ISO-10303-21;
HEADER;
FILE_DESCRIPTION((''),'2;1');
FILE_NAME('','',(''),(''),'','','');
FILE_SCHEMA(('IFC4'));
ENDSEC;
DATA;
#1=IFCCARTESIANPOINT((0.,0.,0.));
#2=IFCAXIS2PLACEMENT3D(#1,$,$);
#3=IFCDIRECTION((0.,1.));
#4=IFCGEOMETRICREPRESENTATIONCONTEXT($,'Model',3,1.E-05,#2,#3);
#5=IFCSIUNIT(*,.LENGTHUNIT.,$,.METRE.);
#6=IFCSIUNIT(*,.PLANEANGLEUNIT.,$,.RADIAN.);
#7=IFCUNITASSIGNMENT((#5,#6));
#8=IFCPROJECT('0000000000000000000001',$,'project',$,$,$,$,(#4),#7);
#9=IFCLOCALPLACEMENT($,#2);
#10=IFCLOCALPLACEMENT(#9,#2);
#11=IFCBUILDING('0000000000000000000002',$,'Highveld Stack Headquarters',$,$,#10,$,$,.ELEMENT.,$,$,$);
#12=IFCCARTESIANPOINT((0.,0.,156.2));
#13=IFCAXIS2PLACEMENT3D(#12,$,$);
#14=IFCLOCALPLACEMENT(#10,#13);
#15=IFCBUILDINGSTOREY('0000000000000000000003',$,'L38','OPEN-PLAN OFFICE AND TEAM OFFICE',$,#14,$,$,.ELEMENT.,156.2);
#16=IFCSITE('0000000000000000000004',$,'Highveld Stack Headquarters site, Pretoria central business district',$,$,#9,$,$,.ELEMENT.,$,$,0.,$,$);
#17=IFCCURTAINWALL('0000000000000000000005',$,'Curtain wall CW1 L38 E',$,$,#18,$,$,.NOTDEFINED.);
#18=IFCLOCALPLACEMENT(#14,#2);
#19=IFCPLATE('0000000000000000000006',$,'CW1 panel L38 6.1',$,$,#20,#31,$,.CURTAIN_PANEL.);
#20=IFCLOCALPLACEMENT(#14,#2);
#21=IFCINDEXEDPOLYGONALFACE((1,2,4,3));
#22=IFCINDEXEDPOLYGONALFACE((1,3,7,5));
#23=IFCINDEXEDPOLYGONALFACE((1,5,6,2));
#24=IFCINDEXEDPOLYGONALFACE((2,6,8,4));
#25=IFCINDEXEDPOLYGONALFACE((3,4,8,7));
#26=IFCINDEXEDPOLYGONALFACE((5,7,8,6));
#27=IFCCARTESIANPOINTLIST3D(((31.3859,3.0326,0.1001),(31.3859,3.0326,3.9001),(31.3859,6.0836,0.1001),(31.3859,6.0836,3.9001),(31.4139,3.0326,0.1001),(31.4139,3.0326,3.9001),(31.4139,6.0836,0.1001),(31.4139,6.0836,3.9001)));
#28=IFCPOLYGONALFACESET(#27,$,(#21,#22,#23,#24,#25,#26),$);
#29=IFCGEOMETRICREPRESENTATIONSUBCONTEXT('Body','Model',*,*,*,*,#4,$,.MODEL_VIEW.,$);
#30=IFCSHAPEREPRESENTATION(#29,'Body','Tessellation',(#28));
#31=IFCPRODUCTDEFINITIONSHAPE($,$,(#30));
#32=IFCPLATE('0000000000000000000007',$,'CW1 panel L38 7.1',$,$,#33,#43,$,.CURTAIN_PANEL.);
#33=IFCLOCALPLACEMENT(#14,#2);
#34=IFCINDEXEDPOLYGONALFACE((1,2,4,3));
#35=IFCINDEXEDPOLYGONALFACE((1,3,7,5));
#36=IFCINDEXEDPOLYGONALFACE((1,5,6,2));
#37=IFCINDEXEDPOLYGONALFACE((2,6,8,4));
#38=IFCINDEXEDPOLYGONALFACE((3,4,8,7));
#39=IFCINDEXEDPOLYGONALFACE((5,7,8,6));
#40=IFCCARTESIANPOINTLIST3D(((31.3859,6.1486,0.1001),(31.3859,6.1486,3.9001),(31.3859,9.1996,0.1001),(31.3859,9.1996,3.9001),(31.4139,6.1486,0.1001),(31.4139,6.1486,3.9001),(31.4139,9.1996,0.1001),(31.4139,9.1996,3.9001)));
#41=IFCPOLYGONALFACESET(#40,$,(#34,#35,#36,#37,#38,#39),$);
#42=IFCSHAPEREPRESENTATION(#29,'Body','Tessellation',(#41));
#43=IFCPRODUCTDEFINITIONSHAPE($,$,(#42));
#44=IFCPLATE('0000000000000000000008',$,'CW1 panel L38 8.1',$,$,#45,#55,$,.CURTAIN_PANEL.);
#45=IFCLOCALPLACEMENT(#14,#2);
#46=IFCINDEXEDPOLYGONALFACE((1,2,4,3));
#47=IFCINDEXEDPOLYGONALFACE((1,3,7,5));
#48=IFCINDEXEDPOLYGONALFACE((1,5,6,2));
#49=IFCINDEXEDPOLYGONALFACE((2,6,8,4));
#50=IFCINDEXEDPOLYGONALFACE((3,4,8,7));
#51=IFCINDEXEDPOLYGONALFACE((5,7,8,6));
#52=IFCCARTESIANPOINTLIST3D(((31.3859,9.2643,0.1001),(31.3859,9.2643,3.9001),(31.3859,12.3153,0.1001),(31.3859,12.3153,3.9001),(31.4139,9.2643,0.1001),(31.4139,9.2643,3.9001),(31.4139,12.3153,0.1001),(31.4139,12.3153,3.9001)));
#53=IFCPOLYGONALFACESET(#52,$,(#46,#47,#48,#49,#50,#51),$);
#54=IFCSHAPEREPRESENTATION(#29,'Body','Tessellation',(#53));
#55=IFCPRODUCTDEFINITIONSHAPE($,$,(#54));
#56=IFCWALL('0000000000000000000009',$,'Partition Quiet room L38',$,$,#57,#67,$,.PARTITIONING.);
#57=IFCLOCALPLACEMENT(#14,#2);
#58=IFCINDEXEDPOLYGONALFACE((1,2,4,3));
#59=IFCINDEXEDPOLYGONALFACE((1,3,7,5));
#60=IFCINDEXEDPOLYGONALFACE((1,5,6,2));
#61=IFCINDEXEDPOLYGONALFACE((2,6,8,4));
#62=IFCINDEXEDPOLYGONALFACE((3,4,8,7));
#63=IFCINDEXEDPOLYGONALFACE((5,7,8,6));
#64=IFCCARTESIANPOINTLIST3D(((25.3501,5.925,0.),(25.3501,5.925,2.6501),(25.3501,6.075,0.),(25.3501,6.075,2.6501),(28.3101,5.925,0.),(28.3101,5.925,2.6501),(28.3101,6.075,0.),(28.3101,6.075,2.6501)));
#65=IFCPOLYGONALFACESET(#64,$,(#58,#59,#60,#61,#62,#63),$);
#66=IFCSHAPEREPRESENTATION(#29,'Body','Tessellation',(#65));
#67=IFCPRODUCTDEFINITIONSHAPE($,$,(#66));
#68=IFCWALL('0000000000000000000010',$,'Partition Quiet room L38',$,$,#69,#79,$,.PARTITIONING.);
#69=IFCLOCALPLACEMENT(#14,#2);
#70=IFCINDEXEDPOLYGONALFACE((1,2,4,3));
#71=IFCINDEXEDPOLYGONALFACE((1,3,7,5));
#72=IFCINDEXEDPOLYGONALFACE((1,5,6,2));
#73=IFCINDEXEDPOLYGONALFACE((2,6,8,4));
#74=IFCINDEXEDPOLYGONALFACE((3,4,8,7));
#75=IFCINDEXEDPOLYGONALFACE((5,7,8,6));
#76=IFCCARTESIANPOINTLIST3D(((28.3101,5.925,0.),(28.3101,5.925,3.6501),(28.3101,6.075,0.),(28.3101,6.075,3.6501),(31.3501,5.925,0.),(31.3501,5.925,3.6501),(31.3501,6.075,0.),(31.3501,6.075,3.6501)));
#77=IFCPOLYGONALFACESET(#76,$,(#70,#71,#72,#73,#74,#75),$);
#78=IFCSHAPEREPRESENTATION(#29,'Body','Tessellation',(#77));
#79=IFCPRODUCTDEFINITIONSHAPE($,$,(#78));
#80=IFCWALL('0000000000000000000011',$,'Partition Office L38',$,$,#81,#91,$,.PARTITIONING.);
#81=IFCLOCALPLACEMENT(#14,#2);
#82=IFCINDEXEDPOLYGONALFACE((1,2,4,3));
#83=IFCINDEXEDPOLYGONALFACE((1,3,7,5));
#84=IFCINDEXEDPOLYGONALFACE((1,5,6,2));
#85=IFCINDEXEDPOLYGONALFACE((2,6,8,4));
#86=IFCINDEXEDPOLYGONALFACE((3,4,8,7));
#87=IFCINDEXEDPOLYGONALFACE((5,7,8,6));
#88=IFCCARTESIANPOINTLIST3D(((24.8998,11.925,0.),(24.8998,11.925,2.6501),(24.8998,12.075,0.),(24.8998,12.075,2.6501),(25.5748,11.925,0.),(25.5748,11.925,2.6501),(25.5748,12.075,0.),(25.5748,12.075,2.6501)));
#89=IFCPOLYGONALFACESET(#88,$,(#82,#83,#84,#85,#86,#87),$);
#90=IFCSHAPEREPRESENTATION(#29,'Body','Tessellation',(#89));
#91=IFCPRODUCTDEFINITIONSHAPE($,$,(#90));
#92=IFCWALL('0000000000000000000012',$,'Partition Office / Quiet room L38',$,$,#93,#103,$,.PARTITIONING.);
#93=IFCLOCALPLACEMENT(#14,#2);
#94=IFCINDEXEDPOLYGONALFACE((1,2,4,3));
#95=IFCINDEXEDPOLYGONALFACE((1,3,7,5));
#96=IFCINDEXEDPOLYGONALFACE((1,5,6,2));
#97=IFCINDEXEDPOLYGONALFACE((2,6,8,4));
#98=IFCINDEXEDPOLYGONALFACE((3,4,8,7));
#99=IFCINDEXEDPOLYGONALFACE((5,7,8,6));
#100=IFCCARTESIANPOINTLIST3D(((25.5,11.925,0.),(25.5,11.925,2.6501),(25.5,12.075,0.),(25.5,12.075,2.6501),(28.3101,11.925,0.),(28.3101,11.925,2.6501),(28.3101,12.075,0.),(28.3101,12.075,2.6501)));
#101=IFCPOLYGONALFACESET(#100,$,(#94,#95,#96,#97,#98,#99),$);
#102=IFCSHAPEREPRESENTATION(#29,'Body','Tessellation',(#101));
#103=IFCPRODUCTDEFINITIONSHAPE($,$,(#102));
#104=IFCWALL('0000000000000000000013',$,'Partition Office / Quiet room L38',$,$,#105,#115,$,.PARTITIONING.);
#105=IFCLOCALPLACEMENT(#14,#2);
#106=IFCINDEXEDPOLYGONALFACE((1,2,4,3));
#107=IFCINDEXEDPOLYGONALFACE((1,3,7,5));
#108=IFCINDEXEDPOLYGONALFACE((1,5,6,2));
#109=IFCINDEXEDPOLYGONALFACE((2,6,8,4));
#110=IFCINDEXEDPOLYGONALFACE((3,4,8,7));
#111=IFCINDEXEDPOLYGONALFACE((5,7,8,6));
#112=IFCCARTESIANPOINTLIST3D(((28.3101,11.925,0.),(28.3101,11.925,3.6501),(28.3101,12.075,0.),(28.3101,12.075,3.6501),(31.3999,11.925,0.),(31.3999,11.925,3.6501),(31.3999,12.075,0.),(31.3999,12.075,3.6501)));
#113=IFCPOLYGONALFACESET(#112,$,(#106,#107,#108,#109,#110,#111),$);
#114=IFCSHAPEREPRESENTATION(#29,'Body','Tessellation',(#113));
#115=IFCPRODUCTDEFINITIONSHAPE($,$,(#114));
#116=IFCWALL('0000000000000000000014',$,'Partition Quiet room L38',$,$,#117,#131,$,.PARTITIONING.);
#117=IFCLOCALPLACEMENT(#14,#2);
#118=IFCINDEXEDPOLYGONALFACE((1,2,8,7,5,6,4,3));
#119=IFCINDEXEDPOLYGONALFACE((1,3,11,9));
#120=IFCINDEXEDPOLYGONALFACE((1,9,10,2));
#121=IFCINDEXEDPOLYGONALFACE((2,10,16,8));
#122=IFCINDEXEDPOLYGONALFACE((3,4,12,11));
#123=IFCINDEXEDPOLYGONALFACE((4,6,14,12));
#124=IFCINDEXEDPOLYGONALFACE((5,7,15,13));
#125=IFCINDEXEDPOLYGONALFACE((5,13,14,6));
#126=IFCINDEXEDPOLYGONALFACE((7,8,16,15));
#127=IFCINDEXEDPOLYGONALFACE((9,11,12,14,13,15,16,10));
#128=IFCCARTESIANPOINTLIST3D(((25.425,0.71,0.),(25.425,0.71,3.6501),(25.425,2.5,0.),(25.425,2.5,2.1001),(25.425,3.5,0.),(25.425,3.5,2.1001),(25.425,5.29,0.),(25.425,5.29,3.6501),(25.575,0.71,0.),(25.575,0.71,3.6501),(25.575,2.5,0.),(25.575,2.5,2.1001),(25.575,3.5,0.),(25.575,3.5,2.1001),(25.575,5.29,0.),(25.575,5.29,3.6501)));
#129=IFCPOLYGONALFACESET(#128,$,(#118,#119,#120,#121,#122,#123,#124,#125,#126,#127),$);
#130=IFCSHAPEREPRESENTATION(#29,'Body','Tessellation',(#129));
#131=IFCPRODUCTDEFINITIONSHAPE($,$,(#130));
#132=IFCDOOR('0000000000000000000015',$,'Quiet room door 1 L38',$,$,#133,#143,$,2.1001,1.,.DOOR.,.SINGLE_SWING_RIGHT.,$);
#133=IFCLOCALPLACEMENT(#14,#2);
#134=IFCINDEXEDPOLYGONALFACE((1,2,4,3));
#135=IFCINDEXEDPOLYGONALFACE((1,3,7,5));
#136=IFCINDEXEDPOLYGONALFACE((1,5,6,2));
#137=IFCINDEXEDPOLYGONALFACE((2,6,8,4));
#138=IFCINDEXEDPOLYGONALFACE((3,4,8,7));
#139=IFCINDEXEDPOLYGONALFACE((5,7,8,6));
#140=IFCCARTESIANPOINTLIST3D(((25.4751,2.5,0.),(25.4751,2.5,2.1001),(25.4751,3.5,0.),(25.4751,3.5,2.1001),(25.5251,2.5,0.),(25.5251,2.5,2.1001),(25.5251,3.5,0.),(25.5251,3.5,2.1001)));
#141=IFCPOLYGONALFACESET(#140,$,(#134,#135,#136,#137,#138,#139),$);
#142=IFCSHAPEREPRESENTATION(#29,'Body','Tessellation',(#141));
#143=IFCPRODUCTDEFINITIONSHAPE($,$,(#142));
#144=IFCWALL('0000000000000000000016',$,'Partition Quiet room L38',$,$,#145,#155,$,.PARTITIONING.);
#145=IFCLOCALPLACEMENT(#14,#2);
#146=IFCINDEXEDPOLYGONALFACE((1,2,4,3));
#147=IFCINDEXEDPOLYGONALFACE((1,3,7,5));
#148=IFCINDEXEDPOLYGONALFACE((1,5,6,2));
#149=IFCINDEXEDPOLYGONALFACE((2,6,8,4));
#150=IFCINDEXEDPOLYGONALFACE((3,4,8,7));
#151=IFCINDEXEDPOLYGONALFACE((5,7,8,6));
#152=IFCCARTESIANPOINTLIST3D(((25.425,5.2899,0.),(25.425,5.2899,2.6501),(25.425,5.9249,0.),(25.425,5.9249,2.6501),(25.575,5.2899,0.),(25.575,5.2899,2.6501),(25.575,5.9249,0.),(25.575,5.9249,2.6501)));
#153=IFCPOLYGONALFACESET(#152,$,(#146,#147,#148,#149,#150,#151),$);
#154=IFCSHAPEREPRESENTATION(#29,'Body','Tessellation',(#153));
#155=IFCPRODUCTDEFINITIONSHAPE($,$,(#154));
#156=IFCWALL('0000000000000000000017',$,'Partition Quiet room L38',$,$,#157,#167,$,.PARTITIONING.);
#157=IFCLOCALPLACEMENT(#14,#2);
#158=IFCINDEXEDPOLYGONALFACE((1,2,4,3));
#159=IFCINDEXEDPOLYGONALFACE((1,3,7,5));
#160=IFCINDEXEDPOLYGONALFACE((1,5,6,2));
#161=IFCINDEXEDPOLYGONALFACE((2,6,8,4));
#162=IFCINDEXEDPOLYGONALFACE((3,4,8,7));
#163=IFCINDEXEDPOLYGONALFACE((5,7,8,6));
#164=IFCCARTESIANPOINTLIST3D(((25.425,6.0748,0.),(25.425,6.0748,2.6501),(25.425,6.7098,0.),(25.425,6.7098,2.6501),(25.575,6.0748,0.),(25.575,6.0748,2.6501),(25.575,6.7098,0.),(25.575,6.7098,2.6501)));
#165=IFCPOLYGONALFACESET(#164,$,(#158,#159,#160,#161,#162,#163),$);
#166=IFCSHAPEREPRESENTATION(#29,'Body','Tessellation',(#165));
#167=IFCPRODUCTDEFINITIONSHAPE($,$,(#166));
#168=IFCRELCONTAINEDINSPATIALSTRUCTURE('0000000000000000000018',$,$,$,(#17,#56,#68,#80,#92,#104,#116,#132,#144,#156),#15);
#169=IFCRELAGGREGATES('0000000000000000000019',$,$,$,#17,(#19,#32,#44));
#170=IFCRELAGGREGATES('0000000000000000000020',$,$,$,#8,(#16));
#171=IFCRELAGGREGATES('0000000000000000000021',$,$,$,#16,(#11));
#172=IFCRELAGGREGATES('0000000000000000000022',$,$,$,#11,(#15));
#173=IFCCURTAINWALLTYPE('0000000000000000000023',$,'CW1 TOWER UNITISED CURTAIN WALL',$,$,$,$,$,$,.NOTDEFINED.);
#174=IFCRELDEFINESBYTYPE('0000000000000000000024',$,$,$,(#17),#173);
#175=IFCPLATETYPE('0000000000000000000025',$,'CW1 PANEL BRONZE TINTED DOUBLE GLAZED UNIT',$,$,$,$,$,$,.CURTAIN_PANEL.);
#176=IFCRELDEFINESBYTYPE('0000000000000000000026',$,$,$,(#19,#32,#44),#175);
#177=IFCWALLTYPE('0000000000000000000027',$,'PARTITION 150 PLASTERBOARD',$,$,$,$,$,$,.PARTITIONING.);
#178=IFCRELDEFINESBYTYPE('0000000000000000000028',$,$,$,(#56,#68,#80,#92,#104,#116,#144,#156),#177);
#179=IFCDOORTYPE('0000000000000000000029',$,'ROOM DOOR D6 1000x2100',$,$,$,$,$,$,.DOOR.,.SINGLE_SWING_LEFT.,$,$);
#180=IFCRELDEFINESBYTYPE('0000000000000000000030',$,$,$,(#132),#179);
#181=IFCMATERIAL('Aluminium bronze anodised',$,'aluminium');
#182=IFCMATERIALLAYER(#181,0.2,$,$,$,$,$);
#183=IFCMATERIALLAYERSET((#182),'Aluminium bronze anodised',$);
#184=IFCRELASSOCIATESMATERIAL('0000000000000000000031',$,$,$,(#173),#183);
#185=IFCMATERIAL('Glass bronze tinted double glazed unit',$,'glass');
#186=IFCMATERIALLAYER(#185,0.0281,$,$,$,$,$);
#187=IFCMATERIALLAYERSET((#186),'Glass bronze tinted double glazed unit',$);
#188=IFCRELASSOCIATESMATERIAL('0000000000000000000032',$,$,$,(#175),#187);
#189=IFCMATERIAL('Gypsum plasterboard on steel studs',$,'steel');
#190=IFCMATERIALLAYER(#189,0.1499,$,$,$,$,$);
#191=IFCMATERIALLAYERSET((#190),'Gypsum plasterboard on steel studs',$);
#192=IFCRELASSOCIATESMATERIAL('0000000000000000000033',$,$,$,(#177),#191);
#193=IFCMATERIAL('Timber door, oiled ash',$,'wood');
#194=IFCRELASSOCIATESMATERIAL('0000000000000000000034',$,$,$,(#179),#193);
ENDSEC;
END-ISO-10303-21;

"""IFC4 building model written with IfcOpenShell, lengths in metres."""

from ifc_helpers import new_model, si_unit, direction, frame, frame_2d, origin, origin_2d, place, context, subcontext, project, spatial, rectangle, extrude, material, layer, layer_set, type_object, element, fill, aggregate, save


model = new_model("IFC4")

# Units and contexts
model_context = context("Model", 3, precision=1e-05, world=origin(), true_north=direction((0.0, 1.0)))
body_context = subcontext(model_context, "Body", "Model", "MODEL_VIEW")
ifc_project = project(units=[si_unit("LENGTHUNIT", "METRE"), si_unit("PLANEANGLEUNIT", "RADIAN")], contexts=[model_context])

# Site, building, storey
site_placement = place(None, origin())
site = spatial("IfcSite", under=ifc_project, at=site_placement, Name="Highveld Stack Headquarters site, Pretoria central business district", CompositionType="ELEMENT", RefElevation=0.0)
building_placement = place(site_placement, origin())
building = spatial("IfcBuilding", under=site, at=building_placement, Name="Highveld Stack Headquarters", CompositionType="ELEMENT")
storey_placement = place(building_placement, frame((0.0, 0.0, 156.2)))
storey = spatial("IfcBuildingStorey", under=building, at=storey_placement, Name="L38", Description="OPEN-PLAN OFFICE AND TEAM OFFICE", CompositionType="ELEMENT", Elevation=156.2)

# Curtain wall
ifc_material_1 = material(Name="Aluminium bronze anodised", Category="aluminium")
ifc_layer_1 = layer(ifc_material_1, 0.2)
ifc_layer_set_1 = layer_set([ifc_layer_1], Name="Aluminium bronze anodised")
curtain_wall_type = type_object("IfcCurtainWallType", Name="CW1 TOWER UNITISED CURTAIN WALL", PredefinedType="NOTDEFINED", material=ifc_layer_set_1)
curtain_wall_placement = place(storey_placement, origin())
curtain_wall = element("IfcCurtainWall", 1, at=curtain_wall_placement, inside=storey, type_object=curtain_wall_type, Name="Curtain wall CW1 L38 E", PredefinedType="NOTDEFINED")

# Plates
ifc_material_2 = material(Name="Glass bronze tinted double glazed unit", Category="glass")
ifc_layer_2 = layer(ifc_material_2, 0.0281)
ifc_layer_set_2 = layer_set([ifc_layer_2], Name="Glass bronze tinted double glazed unit")
plate_type = type_object("IfcPlateType", Name="CW1 PANEL BRONZE TINTED DOUBLE GLAZED UNIT", PredefinedType="CURTAIN_PANEL", material=ifc_layer_set_2)
plate_1_placement = place(storey_placement, frame((31.3999, 4.5581, 0.1001), z_axis=(0.0, 0.0, 1.0), x_axis=(0.0, 1.0, 0.0)))
plate_1 = element("IfcPlate", 2, at=plate_1_placement, type_object=plate_type, Name="CW1 panel L38 6.1", PredefinedType="CURTAIN_PANEL", context=body_context, shape_type="SweptSolid", body=[
    extrude(rectangle(XDim=3.051, YDim=0.0281, at=origin_2d()), origin(), (0.0, 0.0, 1.0), 3.8),
])
plate_2_placement = place(storey_placement, frame((31.3999, 7.6741, 0.1001), z_axis=(0.0, 0.0, 1.0), x_axis=(0.0, 1.0, 0.0)))
plate_2 = element("IfcPlate", 3, at=plate_2_placement, type_object=plate_type, Name="CW1 panel L38 7.1", PredefinedType="CURTAIN_PANEL", context=body_context, shape_type="SweptSolid", body=[
    extrude(rectangle(XDim=3.051, YDim=0.0281, at=origin_2d()), origin(), (0.0, 0.0, 1.0), 3.8),
])
plate_3_placement = place(storey_placement, frame((31.3999, 10.7898, 0.1001), z_axis=(0.0, 0.0, 1.0), x_axis=(0.0, 1.0, 0.0)))
plate_3 = element("IfcPlate", 4, at=plate_3_placement, type_object=plate_type, Name="CW1 panel L38 8.1", PredefinedType="CURTAIN_PANEL", context=body_context, shape_type="SweptSolid", body=[
    extrude(rectangle(XDim=3.051, YDim=0.0281, at=origin_2d()), origin(), (0.0, 0.0, 1.0), 3.8),
])
aggregate(curtain_wall, [plate_1, plate_2, plate_3])

# Walls
ifc_material_3 = material(Name="Gypsum plasterboard on steel studs", Category="steel")
ifc_layer_3 = layer(ifc_material_3, 0.1499)
ifc_layer_set_3 = layer_set([ifc_layer_3], Name="Gypsum plasterboard on steel studs")
wall_type = type_object("IfcWallType", Name="PARTITION 150 PLASTERBOARD", PredefinedType="PARTITIONING", material=ifc_layer_set_3)
wall_1_placement = place(storey_placement, frame((25.3501, 6.0, 0.0), z_axis=(0.0, 0.0, 1.0), x_axis=(1.0, 0.0, 0.0)))
element("IfcWall", 5, at=wall_1_placement, inside=storey, type_object=wall_type, Name="Partition Quiet room L38", PredefinedType="PARTITIONING", context=body_context, shape_type="SweptSolid", body=[
    extrude(rectangle(XDim=2.96, YDim=0.1499, at=frame_2d((1.48, 0.0))), origin(), (0.0, 0.0, 1.0), 2.6501),
])
wall_2_placement = place(storey_placement, frame((28.3101, 6.0, 0.0), z_axis=(0.0, 0.0, 1.0), x_axis=(1.0, 0.0, 0.0)))
element("IfcWall", 6, at=wall_2_placement, inside=storey, type_object=wall_type, Name="Partition Quiet room L38", PredefinedType="PARTITIONING", context=body_context, shape_type="SweptSolid", body=[
    extrude(rectangle(XDim=3.04, YDim=0.1499, at=frame_2d((1.52, 0.0))), origin(), (0.0, 0.0, 1.0), 3.6501),
])
wall_3_placement = place(storey_placement, frame((24.8999, 12.0, 0.0), z_axis=(0.0, 0.0, 1.0), x_axis=(1.0, 0.0, 0.0)))
element("IfcWall", 7, at=wall_3_placement, inside=storey, type_object=wall_type, Name="Partition Office L38", PredefinedType="PARTITIONING", context=body_context, shape_type="SweptSolid", body=[
    extrude(rectangle(XDim=0.675, YDim=0.1499, at=frame_2d((0.3374, 0.0))), origin(), (0.0, 0.0, 1.0), 2.6501),
])
wall_4_placement = place(storey_placement, frame((25.5, 12.0, 0.0), z_axis=(0.0, 0.0, 1.0), x_axis=(1.0, 0.0, 0.0)))
element("IfcWall", 8, at=wall_4_placement, inside=storey, type_object=wall_type, Name="Partition Office / Quiet room L38", PredefinedType="PARTITIONING", context=body_context, shape_type="SweptSolid", body=[
    extrude(rectangle(XDim=2.8101, YDim=0.1499, at=frame_2d((1.405, 0.0))), origin(), (0.0, 0.0, 1.0), 2.6501),
])
wall_5_placement = place(storey_placement, frame((28.3101, 12.0, 0.0), z_axis=(0.0, 0.0, 1.0), x_axis=(1.0, 0.0, 0.0)))
element("IfcWall", 9, at=wall_5_placement, inside=storey, type_object=wall_type, Name="Partition Office / Quiet room L38", PredefinedType="PARTITIONING", context=body_context, shape_type="SweptSolid", body=[
    extrude(rectangle(XDim=3.0898, YDim=0.1499, at=frame_2d((1.5449, 0.0))), origin(), (0.0, 0.0, 1.0), 3.6501),
])

# Wall, opening, door
wall_6_placement = place(storey_placement, frame((25.5, 0.71, 0.0), z_axis=(0.0, 0.0, 1.0), x_axis=(0.0, 1.0, 0.0)))
wall_6 = element("IfcWall", 10, at=wall_6_placement, inside=storey, type_object=wall_type, Name="Partition Quiet room L38", PredefinedType="PARTITIONING", context=body_context, shape_type="SweptSolid", body=[
    extrude(rectangle(XDim=4.5801, YDim=0.1499, at=frame_2d((2.29, 0.0))), origin(), (0.0, 0.0, 1.0), 3.6501),
])
opening_1_placement = place(wall_6_placement, frame((1.79, 0.0, 0.0)))
opening_1 = element("IfcOpeningElement", 11, at=opening_1_placement, cuts=wall_6, PredefinedType="OPENING", context=body_context, shape_type="SweptSolid", body=[
    extrude(rectangle(XDim=1.0, YDim=2.1001, at=frame_2d((0.5, 1.05))), frame((0.0, 0.085, 0.0), z_axis=(0.0, -1.0, 0.0), x_axis=(1.0, 0.0, 0.0)), (0.0, 0.0, 1.0), 0.1699),
])
ifc_material_4 = material(Name="Timber door, oiled ash", Category="wood")
door_type = type_object("IfcDoorType", Name="ROOM DOOR D6 1000x2100", OperationType="SINGLE_SWING_LEFT", PredefinedType="DOOR", material=ifc_material_4)
door_1_placement = place(opening_1_placement, origin())
door_1 = element("IfcDoor", 12, at=door_1_placement, inside=storey, type_object=door_type, Name="Quiet room door 1 L38", OperationType="SINGLE_SWING_RIGHT", OverallHeight=2.1001, OverallWidth=1.0, PredefinedType="DOOR", context=body_context, shape_type="SweptSolid", body=[
    extrude(rectangle(XDim=1.0, YDim=2.1001, at=frame_2d((0.5, 1.05))), frame((0.0, 0.0249, 0.0), z_axis=(0.0, -1.0, 0.0), x_axis=(1.0, 0.0, 0.0)), (0.0, 0.0, 1.0), 0.05),
])
fill(opening_1, door_1)

# Walls
for number, where, z_axis, x_axis, name in (
    (13, (25.5, 5.29, 0.0), (0.0, 0.0, 1.0), (0.0, 1.0, 0.0), "Partition Quiet room L38"),
    (14, (25.5, 6.075, 0.0), (0.0, 0.0, 1.0), (0.0, 1.0, 0.0), "Partition Quiet room L38"),
):
    element("IfcWall", number, at=place(storey_placement, frame(where, z_axis=z_axis, x_axis=x_axis)), inside=storey, type_object=wall_type, Name=name, PredefinedType="PARTITIONING", context=body_context, shape_type="SweptSolid", body=[
        extrude(rectangle(XDim=0.635, YDim=0.1499, at=frame_2d((0.3174, 0.0))), origin(), (0.0, 0.0, 1.0), 2.6501),
    ])

save(model, "model.ifc")
